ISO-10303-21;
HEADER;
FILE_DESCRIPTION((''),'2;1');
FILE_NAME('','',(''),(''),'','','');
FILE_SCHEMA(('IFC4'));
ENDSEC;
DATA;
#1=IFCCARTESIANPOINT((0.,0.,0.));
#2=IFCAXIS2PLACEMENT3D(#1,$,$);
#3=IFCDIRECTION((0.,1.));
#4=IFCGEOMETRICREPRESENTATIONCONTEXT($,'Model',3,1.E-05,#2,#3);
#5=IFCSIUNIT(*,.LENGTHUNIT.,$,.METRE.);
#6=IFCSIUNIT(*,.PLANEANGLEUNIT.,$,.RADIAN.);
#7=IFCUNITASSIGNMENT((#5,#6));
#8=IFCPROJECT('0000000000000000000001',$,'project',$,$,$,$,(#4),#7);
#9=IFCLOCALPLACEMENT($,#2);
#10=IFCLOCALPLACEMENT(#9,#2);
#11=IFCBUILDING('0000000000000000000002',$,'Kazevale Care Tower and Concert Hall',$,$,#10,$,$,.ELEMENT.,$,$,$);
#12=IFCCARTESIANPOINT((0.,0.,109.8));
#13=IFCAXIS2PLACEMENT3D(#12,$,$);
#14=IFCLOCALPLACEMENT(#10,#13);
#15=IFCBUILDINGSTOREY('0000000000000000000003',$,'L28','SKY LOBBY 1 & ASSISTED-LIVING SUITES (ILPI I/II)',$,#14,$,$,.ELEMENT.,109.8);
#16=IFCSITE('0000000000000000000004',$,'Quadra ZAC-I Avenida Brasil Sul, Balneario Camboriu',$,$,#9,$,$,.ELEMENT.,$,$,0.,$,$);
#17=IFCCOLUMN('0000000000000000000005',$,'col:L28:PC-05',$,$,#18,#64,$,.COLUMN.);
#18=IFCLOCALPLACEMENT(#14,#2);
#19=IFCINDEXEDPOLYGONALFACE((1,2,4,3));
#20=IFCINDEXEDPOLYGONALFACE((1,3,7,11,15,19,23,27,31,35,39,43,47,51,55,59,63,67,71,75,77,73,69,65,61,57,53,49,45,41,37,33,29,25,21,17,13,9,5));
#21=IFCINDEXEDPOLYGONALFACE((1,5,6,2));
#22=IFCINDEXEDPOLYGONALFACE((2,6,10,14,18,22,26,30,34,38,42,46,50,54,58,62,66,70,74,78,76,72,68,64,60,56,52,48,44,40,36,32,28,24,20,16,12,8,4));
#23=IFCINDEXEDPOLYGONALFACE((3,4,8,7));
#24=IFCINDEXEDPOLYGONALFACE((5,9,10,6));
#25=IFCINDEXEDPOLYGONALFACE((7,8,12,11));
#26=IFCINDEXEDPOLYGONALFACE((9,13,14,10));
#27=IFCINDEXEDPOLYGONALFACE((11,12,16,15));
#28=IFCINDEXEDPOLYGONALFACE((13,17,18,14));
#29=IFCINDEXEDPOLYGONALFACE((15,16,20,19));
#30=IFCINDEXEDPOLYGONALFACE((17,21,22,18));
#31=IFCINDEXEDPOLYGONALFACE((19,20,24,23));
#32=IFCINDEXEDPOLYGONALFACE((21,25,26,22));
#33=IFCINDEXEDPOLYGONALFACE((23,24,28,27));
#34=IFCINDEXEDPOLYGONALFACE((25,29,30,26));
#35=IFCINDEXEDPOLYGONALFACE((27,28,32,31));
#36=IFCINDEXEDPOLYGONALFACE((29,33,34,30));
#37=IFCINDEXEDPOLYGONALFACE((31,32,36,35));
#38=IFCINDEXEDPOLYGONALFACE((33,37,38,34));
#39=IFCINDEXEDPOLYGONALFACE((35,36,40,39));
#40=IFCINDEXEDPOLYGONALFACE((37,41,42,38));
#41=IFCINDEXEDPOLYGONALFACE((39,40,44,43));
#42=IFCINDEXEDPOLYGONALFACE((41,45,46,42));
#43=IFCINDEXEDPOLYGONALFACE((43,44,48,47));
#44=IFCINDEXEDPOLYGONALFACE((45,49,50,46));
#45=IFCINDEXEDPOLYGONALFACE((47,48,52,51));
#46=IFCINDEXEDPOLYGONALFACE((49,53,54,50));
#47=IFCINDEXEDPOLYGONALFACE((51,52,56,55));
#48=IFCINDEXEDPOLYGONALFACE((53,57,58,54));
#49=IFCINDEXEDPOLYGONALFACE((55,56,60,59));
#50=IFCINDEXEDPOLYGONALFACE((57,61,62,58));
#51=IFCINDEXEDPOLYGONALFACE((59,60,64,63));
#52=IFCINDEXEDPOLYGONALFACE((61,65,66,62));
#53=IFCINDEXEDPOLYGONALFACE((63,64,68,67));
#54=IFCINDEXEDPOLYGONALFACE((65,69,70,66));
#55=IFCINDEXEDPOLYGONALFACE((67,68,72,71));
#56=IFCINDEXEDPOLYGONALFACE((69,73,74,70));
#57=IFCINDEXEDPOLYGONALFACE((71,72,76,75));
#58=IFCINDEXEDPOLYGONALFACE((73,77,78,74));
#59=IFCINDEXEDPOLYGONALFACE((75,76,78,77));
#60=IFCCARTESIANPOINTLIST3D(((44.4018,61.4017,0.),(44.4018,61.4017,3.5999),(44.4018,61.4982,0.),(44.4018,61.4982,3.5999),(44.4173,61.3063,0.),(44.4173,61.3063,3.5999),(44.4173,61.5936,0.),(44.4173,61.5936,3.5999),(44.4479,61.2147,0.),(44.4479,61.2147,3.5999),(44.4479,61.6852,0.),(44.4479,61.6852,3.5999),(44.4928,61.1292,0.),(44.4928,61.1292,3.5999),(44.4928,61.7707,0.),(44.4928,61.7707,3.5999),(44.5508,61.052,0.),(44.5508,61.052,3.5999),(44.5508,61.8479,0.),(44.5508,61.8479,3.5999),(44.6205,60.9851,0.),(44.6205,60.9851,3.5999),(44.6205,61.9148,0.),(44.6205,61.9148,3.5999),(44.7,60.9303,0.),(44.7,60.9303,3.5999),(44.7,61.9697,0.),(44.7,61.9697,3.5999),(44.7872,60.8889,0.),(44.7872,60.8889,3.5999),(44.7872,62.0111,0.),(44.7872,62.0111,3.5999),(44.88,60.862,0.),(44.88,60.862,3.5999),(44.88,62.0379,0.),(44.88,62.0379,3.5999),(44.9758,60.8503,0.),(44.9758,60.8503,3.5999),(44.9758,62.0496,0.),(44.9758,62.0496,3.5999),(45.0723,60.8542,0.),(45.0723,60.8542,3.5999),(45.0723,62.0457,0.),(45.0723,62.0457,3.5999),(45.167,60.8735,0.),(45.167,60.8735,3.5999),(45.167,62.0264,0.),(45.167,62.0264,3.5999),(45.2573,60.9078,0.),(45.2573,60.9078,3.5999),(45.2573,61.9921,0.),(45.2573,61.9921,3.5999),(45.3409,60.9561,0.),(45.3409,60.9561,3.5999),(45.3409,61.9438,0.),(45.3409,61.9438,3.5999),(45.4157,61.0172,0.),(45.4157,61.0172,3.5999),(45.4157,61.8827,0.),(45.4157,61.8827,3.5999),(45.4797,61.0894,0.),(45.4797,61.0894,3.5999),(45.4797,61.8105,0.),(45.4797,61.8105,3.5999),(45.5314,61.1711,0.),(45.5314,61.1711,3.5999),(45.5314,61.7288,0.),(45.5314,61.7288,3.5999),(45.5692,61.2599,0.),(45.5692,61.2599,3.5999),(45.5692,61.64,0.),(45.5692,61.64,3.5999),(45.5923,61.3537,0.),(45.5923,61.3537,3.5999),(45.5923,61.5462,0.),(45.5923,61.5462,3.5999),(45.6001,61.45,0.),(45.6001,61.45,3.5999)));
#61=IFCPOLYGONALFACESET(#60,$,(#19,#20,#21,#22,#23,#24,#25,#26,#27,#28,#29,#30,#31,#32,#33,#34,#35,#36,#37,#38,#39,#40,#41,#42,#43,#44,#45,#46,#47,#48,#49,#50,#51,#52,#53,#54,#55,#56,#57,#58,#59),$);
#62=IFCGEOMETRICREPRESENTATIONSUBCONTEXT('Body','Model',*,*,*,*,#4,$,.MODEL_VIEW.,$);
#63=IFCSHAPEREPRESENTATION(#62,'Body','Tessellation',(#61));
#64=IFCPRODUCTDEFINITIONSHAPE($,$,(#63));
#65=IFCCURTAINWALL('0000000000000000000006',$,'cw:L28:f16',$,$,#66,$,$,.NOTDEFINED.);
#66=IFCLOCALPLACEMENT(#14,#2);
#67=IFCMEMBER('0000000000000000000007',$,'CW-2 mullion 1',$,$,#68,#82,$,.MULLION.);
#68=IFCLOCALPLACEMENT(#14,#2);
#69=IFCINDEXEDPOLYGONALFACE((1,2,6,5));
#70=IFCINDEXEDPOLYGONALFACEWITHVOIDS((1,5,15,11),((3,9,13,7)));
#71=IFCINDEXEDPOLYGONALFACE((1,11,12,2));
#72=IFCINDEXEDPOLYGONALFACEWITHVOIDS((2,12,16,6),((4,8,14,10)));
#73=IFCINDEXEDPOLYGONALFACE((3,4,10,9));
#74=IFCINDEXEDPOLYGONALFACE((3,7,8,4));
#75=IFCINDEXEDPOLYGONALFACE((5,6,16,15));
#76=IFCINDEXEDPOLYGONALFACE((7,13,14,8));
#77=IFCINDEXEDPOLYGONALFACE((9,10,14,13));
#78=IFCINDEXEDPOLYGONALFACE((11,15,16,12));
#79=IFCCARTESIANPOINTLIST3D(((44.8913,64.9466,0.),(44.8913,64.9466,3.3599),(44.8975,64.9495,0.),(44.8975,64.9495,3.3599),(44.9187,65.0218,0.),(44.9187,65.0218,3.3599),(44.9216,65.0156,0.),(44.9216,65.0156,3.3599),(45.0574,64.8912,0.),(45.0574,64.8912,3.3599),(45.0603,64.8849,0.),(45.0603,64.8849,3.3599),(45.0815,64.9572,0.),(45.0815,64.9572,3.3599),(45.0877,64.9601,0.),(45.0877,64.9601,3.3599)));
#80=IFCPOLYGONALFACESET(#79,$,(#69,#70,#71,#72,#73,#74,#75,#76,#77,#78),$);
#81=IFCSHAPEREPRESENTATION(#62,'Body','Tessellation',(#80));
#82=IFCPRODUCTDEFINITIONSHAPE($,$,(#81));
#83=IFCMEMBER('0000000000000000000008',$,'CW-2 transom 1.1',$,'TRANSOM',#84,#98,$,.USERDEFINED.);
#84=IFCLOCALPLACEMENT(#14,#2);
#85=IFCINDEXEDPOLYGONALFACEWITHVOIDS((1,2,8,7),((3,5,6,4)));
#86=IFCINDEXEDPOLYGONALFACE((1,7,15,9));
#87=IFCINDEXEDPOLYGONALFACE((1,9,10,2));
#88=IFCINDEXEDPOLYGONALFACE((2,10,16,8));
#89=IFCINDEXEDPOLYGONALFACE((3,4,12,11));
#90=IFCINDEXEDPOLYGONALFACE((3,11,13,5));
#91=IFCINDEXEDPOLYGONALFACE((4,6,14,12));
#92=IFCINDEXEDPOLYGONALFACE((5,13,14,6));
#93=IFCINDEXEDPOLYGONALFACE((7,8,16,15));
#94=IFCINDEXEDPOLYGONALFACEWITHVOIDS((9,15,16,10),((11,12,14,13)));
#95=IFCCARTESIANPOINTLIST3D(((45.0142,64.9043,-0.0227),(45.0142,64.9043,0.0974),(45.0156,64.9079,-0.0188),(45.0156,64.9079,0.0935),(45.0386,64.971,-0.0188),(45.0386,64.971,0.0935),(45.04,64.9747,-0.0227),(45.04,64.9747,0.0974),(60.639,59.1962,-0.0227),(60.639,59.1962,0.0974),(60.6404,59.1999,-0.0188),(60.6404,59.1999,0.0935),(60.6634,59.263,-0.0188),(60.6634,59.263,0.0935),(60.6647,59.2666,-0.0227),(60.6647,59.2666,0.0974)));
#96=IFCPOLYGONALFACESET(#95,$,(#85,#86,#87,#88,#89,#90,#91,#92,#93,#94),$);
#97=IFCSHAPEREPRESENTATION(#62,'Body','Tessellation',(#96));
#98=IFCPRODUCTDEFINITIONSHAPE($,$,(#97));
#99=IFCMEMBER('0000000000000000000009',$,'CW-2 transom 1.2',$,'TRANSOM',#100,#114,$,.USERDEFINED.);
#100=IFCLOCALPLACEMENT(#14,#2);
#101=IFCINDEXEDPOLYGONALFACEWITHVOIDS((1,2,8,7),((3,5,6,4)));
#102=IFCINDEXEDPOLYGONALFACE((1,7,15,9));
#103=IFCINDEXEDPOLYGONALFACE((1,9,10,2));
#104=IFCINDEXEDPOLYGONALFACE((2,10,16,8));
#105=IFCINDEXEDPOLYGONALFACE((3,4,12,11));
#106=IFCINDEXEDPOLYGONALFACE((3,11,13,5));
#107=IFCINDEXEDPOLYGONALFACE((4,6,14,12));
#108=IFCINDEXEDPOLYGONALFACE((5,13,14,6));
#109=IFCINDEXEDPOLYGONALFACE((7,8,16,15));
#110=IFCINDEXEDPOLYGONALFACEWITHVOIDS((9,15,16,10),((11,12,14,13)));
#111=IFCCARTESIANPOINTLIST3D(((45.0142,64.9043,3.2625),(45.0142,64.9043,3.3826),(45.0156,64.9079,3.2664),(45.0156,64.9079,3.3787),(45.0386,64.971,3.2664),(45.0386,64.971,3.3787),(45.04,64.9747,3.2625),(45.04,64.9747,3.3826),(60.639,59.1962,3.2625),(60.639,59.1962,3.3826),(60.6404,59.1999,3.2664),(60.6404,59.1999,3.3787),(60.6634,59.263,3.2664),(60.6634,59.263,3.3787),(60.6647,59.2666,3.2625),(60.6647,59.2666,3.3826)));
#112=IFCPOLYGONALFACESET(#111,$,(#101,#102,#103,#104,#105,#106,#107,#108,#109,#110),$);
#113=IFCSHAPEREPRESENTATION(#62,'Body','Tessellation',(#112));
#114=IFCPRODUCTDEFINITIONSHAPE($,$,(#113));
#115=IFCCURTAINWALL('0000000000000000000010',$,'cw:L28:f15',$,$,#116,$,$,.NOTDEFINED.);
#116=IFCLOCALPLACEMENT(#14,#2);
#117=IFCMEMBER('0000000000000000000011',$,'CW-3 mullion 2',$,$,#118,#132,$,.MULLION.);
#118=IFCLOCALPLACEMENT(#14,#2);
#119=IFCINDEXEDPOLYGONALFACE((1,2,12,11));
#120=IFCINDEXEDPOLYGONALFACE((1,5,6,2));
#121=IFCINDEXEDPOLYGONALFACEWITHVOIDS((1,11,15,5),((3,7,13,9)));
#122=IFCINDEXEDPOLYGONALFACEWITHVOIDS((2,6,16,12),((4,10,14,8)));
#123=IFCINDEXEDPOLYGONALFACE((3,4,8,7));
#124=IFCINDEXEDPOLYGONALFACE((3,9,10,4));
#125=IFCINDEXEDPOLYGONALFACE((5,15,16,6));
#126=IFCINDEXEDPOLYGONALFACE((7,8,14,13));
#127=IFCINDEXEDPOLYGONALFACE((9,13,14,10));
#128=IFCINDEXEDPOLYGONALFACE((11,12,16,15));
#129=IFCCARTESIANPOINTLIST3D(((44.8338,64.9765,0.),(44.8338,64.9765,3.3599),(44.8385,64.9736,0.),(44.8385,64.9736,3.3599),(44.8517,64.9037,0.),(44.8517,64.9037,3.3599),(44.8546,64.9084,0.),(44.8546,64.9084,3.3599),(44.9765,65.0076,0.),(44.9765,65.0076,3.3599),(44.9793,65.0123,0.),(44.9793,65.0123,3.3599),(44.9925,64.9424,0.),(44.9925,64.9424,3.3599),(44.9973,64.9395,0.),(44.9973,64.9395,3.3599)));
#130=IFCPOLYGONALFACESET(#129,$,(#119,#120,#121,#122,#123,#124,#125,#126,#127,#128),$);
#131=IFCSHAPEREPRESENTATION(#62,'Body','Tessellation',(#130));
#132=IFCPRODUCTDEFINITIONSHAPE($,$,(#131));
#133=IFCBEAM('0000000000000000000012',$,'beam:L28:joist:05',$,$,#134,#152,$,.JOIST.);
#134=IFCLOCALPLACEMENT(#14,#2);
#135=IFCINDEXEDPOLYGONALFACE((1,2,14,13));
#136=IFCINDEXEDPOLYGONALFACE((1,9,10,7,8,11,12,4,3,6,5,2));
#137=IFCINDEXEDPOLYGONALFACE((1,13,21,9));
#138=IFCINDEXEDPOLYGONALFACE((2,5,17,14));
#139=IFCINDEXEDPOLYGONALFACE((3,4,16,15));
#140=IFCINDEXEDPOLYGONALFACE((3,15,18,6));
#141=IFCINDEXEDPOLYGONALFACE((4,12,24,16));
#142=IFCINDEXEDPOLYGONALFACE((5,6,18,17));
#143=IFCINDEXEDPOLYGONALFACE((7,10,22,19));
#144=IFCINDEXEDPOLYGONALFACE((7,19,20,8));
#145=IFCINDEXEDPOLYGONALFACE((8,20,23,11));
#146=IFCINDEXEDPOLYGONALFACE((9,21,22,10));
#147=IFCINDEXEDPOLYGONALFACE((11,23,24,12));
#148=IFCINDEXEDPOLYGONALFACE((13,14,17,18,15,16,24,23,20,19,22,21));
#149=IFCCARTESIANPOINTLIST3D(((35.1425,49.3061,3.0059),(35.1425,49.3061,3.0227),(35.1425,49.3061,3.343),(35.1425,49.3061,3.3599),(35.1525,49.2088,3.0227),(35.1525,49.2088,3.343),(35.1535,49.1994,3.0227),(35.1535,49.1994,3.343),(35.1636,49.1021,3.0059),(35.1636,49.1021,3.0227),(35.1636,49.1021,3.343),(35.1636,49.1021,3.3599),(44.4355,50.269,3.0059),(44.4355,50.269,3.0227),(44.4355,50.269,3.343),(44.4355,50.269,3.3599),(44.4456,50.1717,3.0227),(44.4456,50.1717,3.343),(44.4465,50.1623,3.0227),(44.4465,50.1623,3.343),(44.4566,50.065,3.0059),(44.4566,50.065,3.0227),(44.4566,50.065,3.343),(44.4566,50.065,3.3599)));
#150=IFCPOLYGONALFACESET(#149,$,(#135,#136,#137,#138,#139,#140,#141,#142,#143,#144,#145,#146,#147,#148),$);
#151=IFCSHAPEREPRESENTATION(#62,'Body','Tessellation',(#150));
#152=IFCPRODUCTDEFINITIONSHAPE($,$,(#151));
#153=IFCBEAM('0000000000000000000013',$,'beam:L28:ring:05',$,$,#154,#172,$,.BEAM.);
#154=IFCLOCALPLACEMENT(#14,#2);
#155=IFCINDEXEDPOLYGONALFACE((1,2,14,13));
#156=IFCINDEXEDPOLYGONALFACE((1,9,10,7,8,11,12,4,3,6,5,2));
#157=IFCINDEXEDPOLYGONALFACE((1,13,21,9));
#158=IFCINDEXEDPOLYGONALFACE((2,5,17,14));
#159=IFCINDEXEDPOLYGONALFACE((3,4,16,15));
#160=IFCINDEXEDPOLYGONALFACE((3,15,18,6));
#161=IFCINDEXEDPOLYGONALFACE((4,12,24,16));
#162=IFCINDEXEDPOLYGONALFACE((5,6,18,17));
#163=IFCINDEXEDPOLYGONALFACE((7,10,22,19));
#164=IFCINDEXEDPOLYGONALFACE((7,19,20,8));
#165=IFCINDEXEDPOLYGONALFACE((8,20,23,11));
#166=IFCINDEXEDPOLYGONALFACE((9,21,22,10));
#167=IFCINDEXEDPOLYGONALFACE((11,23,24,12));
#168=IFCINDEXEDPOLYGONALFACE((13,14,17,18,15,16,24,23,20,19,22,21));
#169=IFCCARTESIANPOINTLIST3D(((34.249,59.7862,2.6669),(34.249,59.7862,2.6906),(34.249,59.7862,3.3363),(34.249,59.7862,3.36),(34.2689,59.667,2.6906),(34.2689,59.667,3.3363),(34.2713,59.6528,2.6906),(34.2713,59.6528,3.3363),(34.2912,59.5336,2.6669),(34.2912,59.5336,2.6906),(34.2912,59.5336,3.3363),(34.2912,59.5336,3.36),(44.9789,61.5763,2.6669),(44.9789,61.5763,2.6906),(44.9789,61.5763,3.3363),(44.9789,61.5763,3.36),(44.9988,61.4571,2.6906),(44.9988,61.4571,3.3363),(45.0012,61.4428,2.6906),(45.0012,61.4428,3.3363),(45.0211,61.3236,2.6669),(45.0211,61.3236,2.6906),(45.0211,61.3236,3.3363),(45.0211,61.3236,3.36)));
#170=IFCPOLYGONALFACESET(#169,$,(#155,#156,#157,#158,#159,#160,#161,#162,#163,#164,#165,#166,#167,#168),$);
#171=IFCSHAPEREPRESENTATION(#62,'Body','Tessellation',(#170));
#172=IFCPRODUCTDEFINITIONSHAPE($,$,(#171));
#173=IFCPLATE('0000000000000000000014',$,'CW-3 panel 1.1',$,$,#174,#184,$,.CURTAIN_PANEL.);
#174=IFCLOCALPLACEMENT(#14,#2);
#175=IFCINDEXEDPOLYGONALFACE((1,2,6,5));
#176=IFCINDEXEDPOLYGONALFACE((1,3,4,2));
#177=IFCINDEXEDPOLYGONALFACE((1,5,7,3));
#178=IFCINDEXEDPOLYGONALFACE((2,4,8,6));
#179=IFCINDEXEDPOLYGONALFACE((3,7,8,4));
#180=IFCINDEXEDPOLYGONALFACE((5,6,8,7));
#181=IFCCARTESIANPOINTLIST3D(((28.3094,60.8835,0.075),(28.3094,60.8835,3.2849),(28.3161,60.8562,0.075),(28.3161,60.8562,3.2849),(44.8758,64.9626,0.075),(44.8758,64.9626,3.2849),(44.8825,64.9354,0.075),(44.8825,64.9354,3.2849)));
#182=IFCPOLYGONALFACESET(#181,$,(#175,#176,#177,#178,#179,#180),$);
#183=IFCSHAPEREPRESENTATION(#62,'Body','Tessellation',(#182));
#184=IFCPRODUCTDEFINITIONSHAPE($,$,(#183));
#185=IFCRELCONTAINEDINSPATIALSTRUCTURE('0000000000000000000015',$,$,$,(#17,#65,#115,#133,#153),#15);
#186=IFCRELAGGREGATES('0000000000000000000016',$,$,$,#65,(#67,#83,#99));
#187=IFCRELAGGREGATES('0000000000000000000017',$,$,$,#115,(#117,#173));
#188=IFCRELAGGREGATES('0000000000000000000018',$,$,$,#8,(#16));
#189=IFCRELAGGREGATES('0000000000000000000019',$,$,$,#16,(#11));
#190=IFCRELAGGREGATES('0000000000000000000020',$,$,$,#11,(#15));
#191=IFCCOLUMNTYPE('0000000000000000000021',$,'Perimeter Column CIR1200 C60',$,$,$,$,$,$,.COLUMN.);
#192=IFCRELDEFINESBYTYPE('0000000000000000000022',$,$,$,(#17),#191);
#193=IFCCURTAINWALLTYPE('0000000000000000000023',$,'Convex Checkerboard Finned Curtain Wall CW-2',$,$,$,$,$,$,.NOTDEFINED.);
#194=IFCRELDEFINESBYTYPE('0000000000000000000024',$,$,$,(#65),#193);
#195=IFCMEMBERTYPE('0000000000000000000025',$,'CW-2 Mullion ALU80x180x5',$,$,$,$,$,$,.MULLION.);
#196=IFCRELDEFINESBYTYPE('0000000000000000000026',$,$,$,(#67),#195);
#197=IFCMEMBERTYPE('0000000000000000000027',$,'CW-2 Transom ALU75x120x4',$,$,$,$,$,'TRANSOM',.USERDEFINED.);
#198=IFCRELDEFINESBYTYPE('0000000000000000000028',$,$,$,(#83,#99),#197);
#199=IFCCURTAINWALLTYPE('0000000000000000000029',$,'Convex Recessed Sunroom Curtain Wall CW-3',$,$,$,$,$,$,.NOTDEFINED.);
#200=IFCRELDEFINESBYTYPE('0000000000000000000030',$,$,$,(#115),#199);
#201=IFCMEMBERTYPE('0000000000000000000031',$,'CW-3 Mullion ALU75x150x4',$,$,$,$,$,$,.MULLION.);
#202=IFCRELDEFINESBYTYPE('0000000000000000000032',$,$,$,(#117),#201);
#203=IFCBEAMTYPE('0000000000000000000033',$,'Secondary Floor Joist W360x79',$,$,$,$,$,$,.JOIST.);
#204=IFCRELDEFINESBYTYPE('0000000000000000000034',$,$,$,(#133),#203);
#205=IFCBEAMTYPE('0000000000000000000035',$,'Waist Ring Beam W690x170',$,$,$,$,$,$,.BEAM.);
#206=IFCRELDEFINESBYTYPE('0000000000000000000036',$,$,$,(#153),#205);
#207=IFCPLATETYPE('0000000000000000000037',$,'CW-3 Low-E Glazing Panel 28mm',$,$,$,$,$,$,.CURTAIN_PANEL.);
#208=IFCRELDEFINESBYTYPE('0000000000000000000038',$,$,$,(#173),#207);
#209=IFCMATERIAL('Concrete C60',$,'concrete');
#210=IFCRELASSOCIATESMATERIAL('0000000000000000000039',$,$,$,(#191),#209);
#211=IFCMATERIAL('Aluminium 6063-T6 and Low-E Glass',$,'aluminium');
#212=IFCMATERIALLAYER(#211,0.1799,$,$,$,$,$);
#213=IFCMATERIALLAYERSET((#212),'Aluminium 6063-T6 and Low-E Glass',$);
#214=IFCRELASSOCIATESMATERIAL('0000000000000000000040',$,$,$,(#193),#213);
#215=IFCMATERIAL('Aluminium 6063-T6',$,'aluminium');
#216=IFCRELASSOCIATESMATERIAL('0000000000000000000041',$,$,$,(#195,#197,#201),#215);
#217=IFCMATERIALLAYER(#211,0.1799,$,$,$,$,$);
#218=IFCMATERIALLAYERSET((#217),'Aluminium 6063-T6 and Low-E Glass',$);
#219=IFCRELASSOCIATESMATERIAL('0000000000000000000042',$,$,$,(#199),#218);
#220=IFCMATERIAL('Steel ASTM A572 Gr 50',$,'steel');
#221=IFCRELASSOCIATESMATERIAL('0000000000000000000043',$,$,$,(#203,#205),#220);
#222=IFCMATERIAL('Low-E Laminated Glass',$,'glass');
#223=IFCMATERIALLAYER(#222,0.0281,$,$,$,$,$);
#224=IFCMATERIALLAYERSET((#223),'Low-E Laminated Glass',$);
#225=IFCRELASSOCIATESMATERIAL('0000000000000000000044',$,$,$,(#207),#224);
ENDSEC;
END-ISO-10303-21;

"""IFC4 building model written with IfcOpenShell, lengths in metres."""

from ifc_helpers import new_model, si_unit, direction, frame, origin, origin_2d, place, context, subcontext, project, spatial, rectangle, hollow_rectangle, circle, i_section, extrude, material, layer, layer_set, material_profile, profile_set, type_object, element, aggregate, save


model = new_model("IFC4")

# Units and contexts
model_context = context("Model", 3, precision=1e-05, world=origin(), true_north=direction((0.0, 1.0)))
body_context = subcontext(model_context, "Body", "Model", "MODEL_VIEW")
ifc_project = project(units=[si_unit("LENGTHUNIT", "METRE"), si_unit("PLANEANGLEUNIT", "RADIAN")], contexts=[model_context])

# Site, building, storey
site_placement = place(None, origin())
site = spatial("IfcSite", under=ifc_project, at=site_placement, Name="Quadra ZAC-I Avenida Brasil Sul, Balneario Camboriu", CompositionType="ELEMENT", RefElevation=0.0)
building_placement = place(site_placement, origin())
building = spatial("IfcBuilding", under=site, at=building_placement, Name="Kazevale Care Tower and Concert Hall", CompositionType="ELEMENT")
storey_placement = place(building_placement, frame((0.0, 0.0, 109.8)))
storey = spatial("IfcBuildingStorey", under=building, at=storey_placement, Name="L28", Description="SKY LOBBY 1 & ASSISTED-LIVING SUITES (ILPI I/II)", CompositionType="ELEMENT", Elevation=109.8)

# Column
ifc_material_1 = material(Name="Concrete C60", Category="concrete")
ifc_material_profile_1 = material_profile(ifc_material_1, circle(Radius=0.6001, at=origin_2d()), Name="RC-CIR1200")
ifc_profile_set_1 = profile_set([ifc_material_profile_1], Name="Concrete C60")
column_type = type_object("IfcColumnType", Name="Perimeter Column CIR1200 C60", PredefinedType="COLUMN", material=ifc_profile_set_1)
column_placement = place(storey_placement, frame((45.0, 61.45, 0.0), z_axis=(0.0, 0.0, 1.0), x_axis=(1.0, 0.0, 0.0)))
element("IfcColumn", 1, at=column_placement, inside=storey, type_object=column_type, Name="col:L28:PC-05", PredefinedType="COLUMN", context=body_context, shape_type="SweptSolid", body=[
    extrude(circle(Radius=0.6001, at=origin_2d()), origin(), (0.0, 0.0, 1.0), 3.5999),
])

# Curtain wall, members
ifc_material_2 = material(Name="Aluminium 6063-T6 and Low-E Glass", Category="aluminium")
ifc_layer_1 = layer(ifc_material_2, 0.1799)
ifc_layer_set_1 = layer_set([ifc_layer_1], Name="Aluminium 6063-T6 and Low-E Glass")
curtain_wall_type_1 = type_object("IfcCurtainWallType", Name="Convex Checkerboard Finned Curtain Wall CW-2", PredefinedType="NOTDEFINED", material=ifc_layer_set_1)
curtain_wall_1_placement = place(storey_placement, origin())
curtain_wall_1 = element("IfcCurtainWall", 2, at=curtain_wall_1_placement, inside=storey, type_object=curtain_wall_type_1, Name="cw:L28:f16", PredefinedType="NOTDEFINED")
ifc_material_3 = material(Name="Aluminium 6063-T6", Category="aluminium")
ifc_material_profile_2 = material_profile(ifc_material_3, hollow_rectangle(XDim=0.0801, YDim=0.1799, WallThickness=0.0049, at=origin_2d()), Name="ALU80x180x5")
ifc_profile_set_2 = profile_set([ifc_material_profile_2], Name="Aluminium 6063-T6")
member_type_1 = type_object("IfcMemberType", Name="CW-2 Mullion ALU80x180x5", PredefinedType="MULLION", material=ifc_profile_set_2)
member_1_placement = place(storey_placement, frame((44.9895, 64.9534, 0.0), z_axis=(0.0, 0.0, 1.0), x_axis=(0.343143, 0.939283, 0.0)))
member_1 = element("IfcMember", 3, at=member_1_placement, type_object=member_type_1, Name="CW-2 mullion 1", PredefinedType="MULLION", context=body_context, shape_type="SweptSolid", body=[
    extrude(hollow_rectangle(XDim=0.0801, YDim=0.1799, WallThickness=0.0049, at=origin_2d()), origin(), (0.0, 0.0, 1.0), 3.3599),
])
ifc_material_profile_3 = material_profile(ifc_material_3, hollow_rectangle(XDim=0.075, YDim=0.1201, WallThickness=0.0039, at=origin_2d()), Name="ALU75x120x4")
ifc_profile_set_3 = profile_set([ifc_material_profile_3], Name="Aluminium 6063-T6")
member_type_2 = type_object("IfcMemberType", Name="CW-2 Transom ALU75x120x4", ElementType="TRANSOM", PredefinedType="USERDEFINED", material=ifc_profile_set_3)
member_2_placement = place(storey_placement, frame((45.0271, 64.9395, 0.0374), z_axis=(0.939285, -0.343138, 0.0), x_axis=(0.343138, 0.939285, 0.0)))
member_2 = element("IfcMember", 4, at=member_2_placement, type_object=member_type_2, Name="CW-2 transom 1.1", ObjectType="TRANSOM", PredefinedType="USERDEFINED", context=body_context, shape_type="SweptSolid", body=[
    extrude(hollow_rectangle(XDim=0.075, YDim=0.1201, WallThickness=0.0039, at=origin_2d()), origin(), (0.0, 0.0, 1.0), 16.6348),
])
member_3_placement = place(storey_placement, frame((45.0271, 64.9395, 3.3225), z_axis=(0.939285, -0.343138, 0.0), x_axis=(0.343138, 0.939285, 0.0)))
member_3 = element("IfcMember", 5, at=member_3_placement, type_object=member_type_2, Name="CW-2 transom 1.2", ObjectType="TRANSOM", PredefinedType="USERDEFINED", context=body_context, shape_type="SweptSolid", body=[
    extrude(hollow_rectangle(XDim=0.075, YDim=0.1201, WallThickness=0.0039, at=origin_2d()), origin(), (0.0, 0.0, 1.0), 16.6348),
])
aggregate(curtain_wall_1, [member_1, member_2, member_3])

# Curtain wall, member
ifc_layer_2 = layer(ifc_material_2, 0.1799)
ifc_layer_set_2 = layer_set([ifc_layer_2], Name="Aluminium 6063-T6 and Low-E Glass")
curtain_wall_type_2 = type_object("IfcCurtainWallType", Name="Convex Recessed Sunroom Curtain Wall CW-3", PredefinedType="NOTDEFINED", material=ifc_layer_set_2)
curtain_wall_2_placement = place(storey_placement, origin())
curtain_wall_2 = element("IfcCurtainWall", 6, at=curtain_wall_2_placement, inside=storey, type_object=curtain_wall_type_2, Name="cw:L28:f15", PredefinedType="NOTDEFINED")
ifc_material_profile_4 = material_profile(ifc_material_3, hollow_rectangle(XDim=0.075, YDim=0.1499, WallThickness=0.0039, at=origin_2d()), Name="ALU75x150x4")
ifc_profile_set_4 = profile_set([ifc_material_profile_4], Name="Aluminium 6063-T6")
member_type_3 = type_object("IfcMemberType", Name="CW-3 Mullion ALU75x150x4", PredefinedType="MULLION", material=ifc_profile_set_4)
member_4_placement = place(storey_placement, frame((44.9155, 64.958, 0.0), z_axis=(0.0, 0.0, 1.0), x_axis=(-0.239089, 0.970998, 0.0)))
member_4 = element("IfcMember", 7, at=member_4_placement, type_object=member_type_3, Name="CW-3 mullion 2", PredefinedType="MULLION", context=body_context, shape_type="SweptSolid", body=[
    extrude(hollow_rectangle(XDim=0.075, YDim=0.1499, WallThickness=0.0039, at=origin_2d()), origin(), (0.0, 0.0, 1.0), 3.3599),
])

# Beams
ifc_material_4 = material(Name="Steel ASTM A572 Gr 50", Category="steel")
ifc_material_profile_5 = material_profile(ifc_material_4, i_section(OverallWidth=0.2051, OverallDepth=0.354, WebThickness=0.0095, FlangeThickness=0.0168, at=origin_2d()), Name="W360x79")
ifc_profile_set_5 = profile_set([ifc_material_profile_5], Name="Steel ASTM A572 Gr 50")
beam_type_1 = type_object("IfcBeamType", Name="Secondary Floor Joist W360x79", PredefinedType="JOIST", material=ifc_profile_set_5)
beam_1_placement = place(storey_placement, frame((44.446, 50.167, 3.1829), z_axis=(-0.994675, -0.103063, 0.0), x_axis=(0.103063, -0.994675, 0.0)))
element("IfcBeam", 8, at=beam_1_placement, inside=storey, type_object=beam_type_1, Name="beam:L28:joist:05", PredefinedType="JOIST", context=body_context, shape_type="SweptSolid", body=[
    extrude(i_section(OverallWidth=0.2051, OverallDepth=0.354, WebThickness=0.0095, FlangeThickness=0.0168, at=origin_2d()), origin(), (0.0, 0.0, 1.0), 9.3428),
])
ifc_material_profile_6 = material_profile(ifc_material_4, i_section(OverallWidth=0.2561, OverallDepth=0.6931, WebThickness=0.0144, FlangeThickness=0.0237, at=origin_2d()), Name="W690x170")
ifc_profile_set_6 = profile_set([ifc_material_profile_6], Name="Steel ASTM A572 Gr 50")
beam_type_2 = type_object("IfcBeamType", Name="Waist Ring Beam W690x170", PredefinedType="BEAM", material=ifc_profile_set_6)
beam_2_placement = place(storey_placement, frame((45.0, 61.45, 3.0134), z_axis=(-0.986368, -0.164552, 0.0), x_axis=(0.164552, -0.986368, 0.0)))
element("IfcBeam", 9, at=beam_2_placement, inside=storey, type_object=beam_type_2, Name="beam:L28:ring:05", PredefinedType="BEAM", context=body_context, shape_type="SweptSolid", body=[
    extrude(i_section(OverallWidth=0.2561, OverallDepth=0.6931, WebThickness=0.0144, FlangeThickness=0.0237, at=origin_2d()), origin(), (0.0, 0.0, 1.0), 10.8782),
])

# Plate
ifc_material_5 = material(Name="Low-E Laminated Glass", Category="glass")
ifc_layer_3 = layer(ifc_material_5, 0.0281)
ifc_layer_set_3 = layer_set([ifc_layer_3], Name="Low-E Laminated Glass")
plate_type = type_object("IfcPlateType", Name="CW-3 Low-E Glazing Panel 28mm", PredefinedType="CURTAIN_PANEL", material=ifc_layer_set_3)
plate_placement = place(storey_placement, frame((36.5959, 62.9094, 0.075), z_axis=(0.0, 0.0, 1.0), x_axis=(0.970998, 0.239089, 0.0)))
plate = element("IfcPlate", 10, at=plate_placement, type_object=plate_type, Name="CW-3 panel 1.1", PredefinedType="CURTAIN_PANEL", context=body_context, shape_type="SweptSolid", body=[
    extrude(rectangle(XDim=17.0613, YDim=0.0281, at=origin_2d()), origin(), (0.0, 0.0, 1.0), 3.21),
])
aggregate(curtain_wall_2, [member_4, plate])

save(model, "model.ifc")
